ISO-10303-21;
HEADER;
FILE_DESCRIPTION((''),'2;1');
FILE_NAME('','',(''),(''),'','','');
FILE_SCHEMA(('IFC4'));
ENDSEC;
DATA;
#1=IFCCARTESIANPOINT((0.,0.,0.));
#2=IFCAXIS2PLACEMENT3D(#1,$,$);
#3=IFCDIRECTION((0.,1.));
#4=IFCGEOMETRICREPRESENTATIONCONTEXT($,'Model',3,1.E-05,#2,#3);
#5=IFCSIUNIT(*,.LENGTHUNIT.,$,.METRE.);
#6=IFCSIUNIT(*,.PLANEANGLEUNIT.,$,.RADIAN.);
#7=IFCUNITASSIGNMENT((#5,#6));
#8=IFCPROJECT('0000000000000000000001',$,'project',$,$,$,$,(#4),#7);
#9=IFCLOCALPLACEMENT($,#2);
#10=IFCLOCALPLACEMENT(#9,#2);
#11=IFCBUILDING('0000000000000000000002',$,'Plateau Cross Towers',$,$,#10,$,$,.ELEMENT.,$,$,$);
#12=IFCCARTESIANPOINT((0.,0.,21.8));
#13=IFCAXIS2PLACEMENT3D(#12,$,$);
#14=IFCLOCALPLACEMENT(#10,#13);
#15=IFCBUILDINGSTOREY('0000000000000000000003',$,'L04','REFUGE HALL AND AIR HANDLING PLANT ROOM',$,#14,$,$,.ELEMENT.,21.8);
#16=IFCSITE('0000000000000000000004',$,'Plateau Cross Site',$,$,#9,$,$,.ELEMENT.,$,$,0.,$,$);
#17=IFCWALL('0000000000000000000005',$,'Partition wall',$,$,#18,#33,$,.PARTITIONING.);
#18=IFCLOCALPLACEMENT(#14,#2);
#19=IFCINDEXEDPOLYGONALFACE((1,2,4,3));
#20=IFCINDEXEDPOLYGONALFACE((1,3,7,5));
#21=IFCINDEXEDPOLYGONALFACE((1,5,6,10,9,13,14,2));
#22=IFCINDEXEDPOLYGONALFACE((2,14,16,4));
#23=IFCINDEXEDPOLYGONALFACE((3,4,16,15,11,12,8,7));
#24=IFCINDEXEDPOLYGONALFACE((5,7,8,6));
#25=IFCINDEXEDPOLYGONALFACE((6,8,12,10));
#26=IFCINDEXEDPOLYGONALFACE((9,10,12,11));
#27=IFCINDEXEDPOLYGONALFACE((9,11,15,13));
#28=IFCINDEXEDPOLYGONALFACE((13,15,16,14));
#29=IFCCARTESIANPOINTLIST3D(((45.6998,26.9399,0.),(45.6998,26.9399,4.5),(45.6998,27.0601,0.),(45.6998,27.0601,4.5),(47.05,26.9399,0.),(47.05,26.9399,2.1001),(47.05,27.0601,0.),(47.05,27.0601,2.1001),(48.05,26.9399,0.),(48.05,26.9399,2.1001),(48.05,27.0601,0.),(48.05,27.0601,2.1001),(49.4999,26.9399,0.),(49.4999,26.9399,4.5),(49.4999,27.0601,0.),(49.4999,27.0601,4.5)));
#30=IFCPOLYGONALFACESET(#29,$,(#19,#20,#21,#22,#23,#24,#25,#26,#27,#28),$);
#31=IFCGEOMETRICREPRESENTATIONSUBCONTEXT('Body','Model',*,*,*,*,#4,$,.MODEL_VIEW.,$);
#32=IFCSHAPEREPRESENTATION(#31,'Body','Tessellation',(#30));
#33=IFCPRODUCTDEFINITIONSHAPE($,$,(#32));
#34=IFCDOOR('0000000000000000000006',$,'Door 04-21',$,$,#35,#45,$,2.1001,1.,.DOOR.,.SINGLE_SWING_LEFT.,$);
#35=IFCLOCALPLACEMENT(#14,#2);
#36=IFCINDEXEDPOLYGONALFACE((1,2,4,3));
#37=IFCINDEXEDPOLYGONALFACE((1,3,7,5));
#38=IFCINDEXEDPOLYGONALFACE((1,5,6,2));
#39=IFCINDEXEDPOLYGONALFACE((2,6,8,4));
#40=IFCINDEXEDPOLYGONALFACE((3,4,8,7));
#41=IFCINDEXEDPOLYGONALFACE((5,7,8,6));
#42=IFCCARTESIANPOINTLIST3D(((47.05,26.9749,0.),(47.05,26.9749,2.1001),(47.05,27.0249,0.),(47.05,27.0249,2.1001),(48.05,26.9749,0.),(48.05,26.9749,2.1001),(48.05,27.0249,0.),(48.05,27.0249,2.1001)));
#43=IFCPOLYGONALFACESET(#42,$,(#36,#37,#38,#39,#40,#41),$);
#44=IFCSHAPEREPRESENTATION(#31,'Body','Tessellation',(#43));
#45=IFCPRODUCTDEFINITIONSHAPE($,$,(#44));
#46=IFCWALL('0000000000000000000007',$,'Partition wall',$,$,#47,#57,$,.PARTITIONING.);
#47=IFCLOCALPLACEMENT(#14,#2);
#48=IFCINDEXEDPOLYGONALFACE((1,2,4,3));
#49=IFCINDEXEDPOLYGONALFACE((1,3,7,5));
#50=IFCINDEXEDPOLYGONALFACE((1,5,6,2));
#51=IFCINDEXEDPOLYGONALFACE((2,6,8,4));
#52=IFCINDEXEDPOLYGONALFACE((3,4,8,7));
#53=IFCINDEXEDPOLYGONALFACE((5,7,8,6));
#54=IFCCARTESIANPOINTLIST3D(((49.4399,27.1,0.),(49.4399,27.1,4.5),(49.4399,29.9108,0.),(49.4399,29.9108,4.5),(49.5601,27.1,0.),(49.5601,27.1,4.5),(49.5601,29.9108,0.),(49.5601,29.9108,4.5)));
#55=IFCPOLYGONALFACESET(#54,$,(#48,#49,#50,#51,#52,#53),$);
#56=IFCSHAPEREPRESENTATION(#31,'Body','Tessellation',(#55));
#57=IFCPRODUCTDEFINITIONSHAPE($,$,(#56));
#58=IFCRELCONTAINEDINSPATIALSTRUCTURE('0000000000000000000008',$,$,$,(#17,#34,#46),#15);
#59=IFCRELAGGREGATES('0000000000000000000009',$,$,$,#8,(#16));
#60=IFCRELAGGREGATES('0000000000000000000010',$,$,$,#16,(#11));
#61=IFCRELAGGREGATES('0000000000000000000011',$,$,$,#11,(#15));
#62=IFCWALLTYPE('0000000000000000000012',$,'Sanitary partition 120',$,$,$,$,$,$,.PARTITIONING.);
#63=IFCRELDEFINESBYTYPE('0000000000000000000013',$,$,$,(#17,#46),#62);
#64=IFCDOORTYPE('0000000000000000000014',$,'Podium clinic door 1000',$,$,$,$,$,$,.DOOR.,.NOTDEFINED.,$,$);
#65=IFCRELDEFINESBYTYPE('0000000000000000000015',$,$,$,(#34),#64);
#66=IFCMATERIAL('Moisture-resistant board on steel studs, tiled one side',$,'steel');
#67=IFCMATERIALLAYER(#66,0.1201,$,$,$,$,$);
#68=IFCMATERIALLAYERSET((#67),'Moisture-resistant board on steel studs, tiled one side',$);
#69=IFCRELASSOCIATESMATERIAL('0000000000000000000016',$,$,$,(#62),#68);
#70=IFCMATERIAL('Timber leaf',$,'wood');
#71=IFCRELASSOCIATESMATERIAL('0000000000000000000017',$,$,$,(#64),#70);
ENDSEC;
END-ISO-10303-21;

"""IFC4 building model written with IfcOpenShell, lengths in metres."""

from ifc_helpers import new_model, si_unit, direction, frame, frame_2d, origin, place, context, subcontext, project, spatial, rectangle, extrude, material, layer, layer_set, type_object, element, fill, save


model = new_model("IFC4")

# Units and contexts
model_context = context("Model", 3, precision=1e-05, world=origin(), true_north=direction((0.0, 1.0)))
body_context = subcontext(model_context, "Body", "Model", "MODEL_VIEW")
ifc_project = project(units=[si_unit("LENGTHUNIT", "METRE"), si_unit("PLANEANGLEUNIT", "RADIAN")], contexts=[model_context])

# Site, building, storey
site_placement = place(None, origin())
site = spatial("IfcSite", under=ifc_project, at=site_placement, Name="Plateau Cross Site", CompositionType="ELEMENT", RefElevation=0.0)
building_placement = place(site_placement, origin())
building = spatial("IfcBuilding", under=site, at=building_placement, Name="Plateau Cross Towers", CompositionType="ELEMENT")
storey_placement = place(building_placement, frame((0.0, 0.0, 21.8)))
storey = spatial("IfcBuildingStorey", under=building, at=storey_placement, Name="L04", Description="REFUGE HALL AND AIR HANDLING PLANT ROOM", CompositionType="ELEMENT", Elevation=21.8)

# Shared definitions
ifc_material_1 = material(Name="Moisture-resistant board on steel studs, tiled one side", Category="steel")
ifc_layer_1 = layer(ifc_material_1, 0.1201)
ifc_layer_set_1 = layer_set([ifc_layer_1], Name="Moisture-resistant board on steel studs, tiled one side")
wall_type_1 = type_object("IfcWallType", Name="Sanitary partition 120", PredefinedType="PARTITIONING", material=ifc_layer_set_1)

# Wall, opening, door
wall_1_placement = place(storey_placement, frame((45.7, 27.0, 0.0), z_axis=(0.0, 0.0, 1.0), x_axis=(1.0, 0.0, 0.0)))
wall_1 = element("IfcWall", 1, at=wall_1_placement, inside=storey, type_object=wall_type_1, Name="Partition wall", PredefinedType="PARTITIONING", context=body_context, shape_type="SweptSolid", body=[
    extrude(rectangle(XDim=3.8, YDim=0.1201, at=frame_2d((1.8999, 0.0))), origin(), (0.0, 0.0, 1.0), 4.5),
])
opening_1_placement = place(wall_1_placement, frame((1.3501, 0.0, 0.0)))
opening_1 = element("IfcOpeningElement", 2, at=opening_1_placement, cuts=wall_1, PredefinedType="OPENING", context=body_context, shape_type="SweptSolid", body=[
    extrude(rectangle(XDim=1.0, YDim=2.1001, at=frame_2d((0.5, 1.05))), frame((0.0, 0.0701, 0.0), z_axis=(0.0, -1.0, 0.0), x_axis=(1.0, 0.0, 0.0)), (0.0, 0.0, 1.0), 0.1401),
])
ifc_material_2 = material(Name="Timber leaf", Category="wood")
door_type_1 = type_object("IfcDoorType", Name="Podium clinic door 1000", OperationType="NOTDEFINED", PredefinedType="DOOR", material=ifc_material_2)
door_1_placement = place(opening_1_placement, origin())
door_1 = element("IfcDoor", 3, at=door_1_placement, inside=storey, type_object=door_type_1, Name="Door 04-21", OperationType="SINGLE_SWING_LEFT", OverallHeight=2.1001, OverallWidth=1.0, PredefinedType="DOOR", context=body_context, shape_type="SweptSolid", body=[
    extrude(rectangle(XDim=1.0, YDim=2.1001, at=frame_2d((0.5, 1.05))), frame((0.0, 0.0249, 0.0), z_axis=(0.0, -1.0, 0.0), x_axis=(1.0, 0.0, 0.0)), (0.0, 0.0, 1.0), 0.05),
])
fill(opening_1, door_1)

# Wall
wall_2_placement = place(storey_placement, frame((49.5, 27.1001, 0.0), z_axis=(0.0, 0.0, 1.0), x_axis=(0.0, 1.0, 0.0)))
element("IfcWall", 4, at=wall_2_placement, inside=storey, type_object=wall_type_1, Name="Partition wall", PredefinedType="PARTITIONING", context=body_context, shape_type="SweptSolid", body=[
    extrude(rectangle(XDim=2.8108, YDim=0.1201, at=frame_2d((1.4053, 0.0))), origin(), (0.0, 0.0, 1.0), 4.5),
])

save(model, "model.ifc")
